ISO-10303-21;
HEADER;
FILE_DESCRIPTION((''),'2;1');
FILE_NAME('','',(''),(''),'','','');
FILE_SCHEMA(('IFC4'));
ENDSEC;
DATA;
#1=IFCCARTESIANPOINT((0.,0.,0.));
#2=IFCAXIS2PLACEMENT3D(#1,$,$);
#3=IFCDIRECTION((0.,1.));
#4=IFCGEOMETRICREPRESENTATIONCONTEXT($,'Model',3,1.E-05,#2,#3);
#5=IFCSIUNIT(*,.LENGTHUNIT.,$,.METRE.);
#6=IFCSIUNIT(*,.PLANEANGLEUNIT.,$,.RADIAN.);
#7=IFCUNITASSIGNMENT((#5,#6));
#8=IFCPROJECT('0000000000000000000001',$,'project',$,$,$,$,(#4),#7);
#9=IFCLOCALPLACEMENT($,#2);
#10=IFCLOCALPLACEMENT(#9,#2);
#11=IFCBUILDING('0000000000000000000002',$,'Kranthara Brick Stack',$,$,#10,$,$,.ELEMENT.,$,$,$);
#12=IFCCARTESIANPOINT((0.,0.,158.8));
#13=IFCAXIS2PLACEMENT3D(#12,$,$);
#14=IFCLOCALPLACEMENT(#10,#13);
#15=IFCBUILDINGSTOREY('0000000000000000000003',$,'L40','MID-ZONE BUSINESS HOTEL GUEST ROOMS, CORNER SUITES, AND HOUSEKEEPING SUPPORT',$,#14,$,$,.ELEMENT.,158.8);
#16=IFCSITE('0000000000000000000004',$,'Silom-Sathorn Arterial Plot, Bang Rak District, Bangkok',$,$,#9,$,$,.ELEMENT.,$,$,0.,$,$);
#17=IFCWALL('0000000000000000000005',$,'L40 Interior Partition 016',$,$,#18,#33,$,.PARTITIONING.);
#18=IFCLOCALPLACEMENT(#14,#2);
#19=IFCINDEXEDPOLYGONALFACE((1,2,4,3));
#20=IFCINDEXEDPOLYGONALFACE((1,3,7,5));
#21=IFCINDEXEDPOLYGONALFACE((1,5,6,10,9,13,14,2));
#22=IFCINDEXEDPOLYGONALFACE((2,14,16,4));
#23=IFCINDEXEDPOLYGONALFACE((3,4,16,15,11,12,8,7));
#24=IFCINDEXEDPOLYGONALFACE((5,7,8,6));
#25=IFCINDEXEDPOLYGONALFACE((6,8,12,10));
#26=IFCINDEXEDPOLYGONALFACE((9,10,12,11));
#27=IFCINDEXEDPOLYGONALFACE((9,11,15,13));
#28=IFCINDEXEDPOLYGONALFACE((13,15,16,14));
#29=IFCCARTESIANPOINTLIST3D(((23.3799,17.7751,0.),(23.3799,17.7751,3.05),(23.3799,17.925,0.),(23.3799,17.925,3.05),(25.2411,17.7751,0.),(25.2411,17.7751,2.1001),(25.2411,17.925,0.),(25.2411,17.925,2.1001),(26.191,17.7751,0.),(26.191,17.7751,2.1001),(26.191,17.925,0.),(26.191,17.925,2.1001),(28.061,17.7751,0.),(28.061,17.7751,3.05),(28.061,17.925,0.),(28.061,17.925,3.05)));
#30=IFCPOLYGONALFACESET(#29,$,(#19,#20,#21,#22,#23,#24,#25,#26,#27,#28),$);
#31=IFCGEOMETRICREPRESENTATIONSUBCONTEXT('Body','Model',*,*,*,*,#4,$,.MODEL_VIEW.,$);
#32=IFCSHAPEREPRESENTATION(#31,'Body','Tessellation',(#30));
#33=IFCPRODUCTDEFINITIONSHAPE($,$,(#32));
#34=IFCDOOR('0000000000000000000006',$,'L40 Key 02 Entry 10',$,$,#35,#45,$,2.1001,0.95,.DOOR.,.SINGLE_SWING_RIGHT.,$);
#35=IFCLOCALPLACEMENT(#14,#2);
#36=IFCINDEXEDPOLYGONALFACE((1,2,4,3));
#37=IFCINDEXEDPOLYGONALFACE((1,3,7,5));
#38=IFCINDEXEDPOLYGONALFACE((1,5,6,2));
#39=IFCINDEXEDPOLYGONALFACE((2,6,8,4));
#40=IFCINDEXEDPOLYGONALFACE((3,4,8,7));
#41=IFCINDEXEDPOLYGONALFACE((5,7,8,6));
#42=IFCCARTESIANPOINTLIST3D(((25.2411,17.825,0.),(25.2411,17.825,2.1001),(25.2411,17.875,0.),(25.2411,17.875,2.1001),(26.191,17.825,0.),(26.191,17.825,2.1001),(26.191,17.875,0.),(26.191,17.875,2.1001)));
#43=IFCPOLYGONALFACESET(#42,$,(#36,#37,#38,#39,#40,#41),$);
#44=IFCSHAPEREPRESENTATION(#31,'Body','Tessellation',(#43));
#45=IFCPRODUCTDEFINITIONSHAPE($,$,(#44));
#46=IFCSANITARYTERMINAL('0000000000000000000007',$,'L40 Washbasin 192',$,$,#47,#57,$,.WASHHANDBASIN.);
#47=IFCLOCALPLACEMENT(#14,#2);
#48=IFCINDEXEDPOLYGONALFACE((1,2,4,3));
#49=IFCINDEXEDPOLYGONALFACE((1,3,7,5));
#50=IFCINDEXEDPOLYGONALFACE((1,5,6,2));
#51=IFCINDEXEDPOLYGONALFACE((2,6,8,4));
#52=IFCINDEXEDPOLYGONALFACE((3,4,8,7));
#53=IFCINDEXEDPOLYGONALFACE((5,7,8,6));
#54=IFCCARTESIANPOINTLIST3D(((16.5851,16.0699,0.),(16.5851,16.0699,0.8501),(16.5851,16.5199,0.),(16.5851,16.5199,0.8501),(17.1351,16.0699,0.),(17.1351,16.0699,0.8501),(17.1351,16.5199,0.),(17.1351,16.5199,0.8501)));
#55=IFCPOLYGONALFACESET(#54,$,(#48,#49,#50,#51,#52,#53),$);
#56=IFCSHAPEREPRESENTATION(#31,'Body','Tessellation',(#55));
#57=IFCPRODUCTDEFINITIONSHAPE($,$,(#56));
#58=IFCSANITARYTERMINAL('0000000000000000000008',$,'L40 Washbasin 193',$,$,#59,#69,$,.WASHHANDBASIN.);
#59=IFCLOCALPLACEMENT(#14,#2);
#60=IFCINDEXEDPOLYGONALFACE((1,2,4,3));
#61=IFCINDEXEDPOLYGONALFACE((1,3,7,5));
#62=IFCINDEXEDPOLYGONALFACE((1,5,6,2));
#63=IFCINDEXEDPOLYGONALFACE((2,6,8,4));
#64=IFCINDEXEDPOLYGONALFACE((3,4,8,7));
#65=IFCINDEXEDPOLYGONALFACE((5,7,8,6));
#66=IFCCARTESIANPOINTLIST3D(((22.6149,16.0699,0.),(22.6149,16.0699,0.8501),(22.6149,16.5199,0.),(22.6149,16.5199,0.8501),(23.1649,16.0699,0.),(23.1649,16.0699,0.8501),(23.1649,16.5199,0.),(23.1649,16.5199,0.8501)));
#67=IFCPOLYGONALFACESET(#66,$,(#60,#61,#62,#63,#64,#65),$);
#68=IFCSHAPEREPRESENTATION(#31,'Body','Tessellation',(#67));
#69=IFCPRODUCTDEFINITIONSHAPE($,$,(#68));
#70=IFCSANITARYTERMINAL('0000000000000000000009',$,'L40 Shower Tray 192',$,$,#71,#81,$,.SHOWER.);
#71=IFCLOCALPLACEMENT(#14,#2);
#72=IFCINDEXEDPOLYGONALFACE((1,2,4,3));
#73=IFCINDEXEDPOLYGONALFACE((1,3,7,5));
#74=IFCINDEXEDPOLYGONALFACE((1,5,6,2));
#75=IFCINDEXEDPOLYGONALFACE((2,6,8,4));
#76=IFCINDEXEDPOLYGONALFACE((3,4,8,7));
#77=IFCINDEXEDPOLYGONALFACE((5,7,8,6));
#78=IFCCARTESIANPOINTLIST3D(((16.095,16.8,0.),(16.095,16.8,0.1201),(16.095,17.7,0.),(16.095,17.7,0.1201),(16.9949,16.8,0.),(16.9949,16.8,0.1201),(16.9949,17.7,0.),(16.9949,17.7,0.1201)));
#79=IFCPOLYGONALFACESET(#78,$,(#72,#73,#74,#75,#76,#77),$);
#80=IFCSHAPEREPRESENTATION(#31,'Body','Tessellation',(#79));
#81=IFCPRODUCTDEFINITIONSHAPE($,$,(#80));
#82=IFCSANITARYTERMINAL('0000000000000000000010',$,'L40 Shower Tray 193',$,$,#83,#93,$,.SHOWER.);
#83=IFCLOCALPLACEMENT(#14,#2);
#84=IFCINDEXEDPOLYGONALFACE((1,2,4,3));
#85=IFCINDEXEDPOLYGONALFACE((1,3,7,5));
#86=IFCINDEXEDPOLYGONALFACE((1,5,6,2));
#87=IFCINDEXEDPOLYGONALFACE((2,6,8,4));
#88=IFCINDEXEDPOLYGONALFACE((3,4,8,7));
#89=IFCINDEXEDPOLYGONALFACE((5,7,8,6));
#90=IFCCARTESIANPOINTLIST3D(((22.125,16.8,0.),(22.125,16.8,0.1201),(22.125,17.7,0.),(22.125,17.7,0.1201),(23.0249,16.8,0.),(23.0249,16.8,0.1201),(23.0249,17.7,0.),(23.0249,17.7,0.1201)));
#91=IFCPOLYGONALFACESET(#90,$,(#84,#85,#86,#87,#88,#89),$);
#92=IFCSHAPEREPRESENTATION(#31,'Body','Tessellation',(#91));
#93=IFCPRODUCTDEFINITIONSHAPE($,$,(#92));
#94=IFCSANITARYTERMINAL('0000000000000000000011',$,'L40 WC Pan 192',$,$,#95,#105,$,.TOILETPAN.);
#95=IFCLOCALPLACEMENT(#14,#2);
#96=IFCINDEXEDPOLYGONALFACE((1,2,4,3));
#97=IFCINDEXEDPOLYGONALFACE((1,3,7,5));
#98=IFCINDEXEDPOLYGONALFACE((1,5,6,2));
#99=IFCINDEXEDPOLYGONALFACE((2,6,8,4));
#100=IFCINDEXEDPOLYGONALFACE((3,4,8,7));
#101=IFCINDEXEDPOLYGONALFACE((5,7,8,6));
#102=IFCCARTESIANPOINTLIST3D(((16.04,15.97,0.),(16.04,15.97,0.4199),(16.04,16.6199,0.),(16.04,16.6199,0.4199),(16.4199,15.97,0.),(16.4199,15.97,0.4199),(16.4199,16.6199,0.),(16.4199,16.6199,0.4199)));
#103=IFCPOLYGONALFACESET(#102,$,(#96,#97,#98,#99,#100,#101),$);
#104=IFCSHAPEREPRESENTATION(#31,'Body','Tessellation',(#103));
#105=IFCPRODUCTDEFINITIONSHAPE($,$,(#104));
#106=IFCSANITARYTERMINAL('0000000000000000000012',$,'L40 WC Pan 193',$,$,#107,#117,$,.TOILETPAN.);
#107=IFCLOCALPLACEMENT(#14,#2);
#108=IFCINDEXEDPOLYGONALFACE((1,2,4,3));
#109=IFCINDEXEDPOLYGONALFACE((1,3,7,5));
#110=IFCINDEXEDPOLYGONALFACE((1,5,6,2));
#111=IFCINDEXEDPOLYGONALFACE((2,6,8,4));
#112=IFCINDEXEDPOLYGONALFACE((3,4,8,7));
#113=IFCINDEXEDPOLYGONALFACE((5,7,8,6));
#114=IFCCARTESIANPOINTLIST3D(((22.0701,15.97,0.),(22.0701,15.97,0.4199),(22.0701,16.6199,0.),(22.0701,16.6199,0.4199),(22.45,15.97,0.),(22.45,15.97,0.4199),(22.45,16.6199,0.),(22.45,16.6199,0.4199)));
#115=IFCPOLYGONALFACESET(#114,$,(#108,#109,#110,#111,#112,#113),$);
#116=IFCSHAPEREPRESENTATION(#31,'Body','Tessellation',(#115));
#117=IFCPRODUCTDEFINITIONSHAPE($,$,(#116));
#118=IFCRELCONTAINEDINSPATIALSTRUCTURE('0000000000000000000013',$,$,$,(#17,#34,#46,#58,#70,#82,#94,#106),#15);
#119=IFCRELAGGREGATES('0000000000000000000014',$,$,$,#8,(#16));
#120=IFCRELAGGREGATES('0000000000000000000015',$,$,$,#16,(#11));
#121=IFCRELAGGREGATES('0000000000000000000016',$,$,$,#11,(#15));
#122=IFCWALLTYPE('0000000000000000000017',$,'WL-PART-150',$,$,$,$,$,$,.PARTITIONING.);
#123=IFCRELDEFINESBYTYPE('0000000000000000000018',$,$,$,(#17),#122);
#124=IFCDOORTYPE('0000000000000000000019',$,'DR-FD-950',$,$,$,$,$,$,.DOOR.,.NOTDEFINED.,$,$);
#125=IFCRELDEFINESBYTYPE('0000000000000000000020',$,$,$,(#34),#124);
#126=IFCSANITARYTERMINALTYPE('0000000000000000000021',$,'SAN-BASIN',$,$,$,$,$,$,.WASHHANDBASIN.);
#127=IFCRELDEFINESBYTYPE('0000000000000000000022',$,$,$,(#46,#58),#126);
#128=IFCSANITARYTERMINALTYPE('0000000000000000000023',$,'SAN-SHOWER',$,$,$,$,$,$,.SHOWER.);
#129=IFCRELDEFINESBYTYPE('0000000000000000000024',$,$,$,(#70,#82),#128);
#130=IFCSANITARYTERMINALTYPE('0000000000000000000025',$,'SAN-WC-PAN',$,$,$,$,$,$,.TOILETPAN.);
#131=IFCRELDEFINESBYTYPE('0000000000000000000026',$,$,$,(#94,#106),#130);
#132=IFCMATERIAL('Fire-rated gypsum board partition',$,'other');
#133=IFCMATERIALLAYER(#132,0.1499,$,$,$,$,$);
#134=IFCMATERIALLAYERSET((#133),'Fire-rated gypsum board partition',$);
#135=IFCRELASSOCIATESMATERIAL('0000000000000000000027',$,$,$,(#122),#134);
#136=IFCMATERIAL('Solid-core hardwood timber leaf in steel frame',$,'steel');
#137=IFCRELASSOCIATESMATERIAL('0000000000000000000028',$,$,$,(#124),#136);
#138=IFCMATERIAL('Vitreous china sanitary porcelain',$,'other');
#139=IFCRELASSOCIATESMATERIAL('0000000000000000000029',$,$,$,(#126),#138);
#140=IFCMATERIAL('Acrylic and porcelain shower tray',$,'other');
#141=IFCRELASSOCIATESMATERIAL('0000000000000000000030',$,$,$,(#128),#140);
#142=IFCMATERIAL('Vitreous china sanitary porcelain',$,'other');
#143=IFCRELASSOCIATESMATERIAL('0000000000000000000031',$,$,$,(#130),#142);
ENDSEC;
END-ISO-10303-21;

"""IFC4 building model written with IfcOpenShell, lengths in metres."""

from ifc_helpers import new_model, si_unit, direction, frame, frame_2d, origin, origin_2d, place, context, subcontext, project, spatial, rectangle, extrude, material, layer, layer_set, type_object, element, fill, save


model = new_model("IFC4")

# Units and contexts
model_context = context("Model", 3, precision=1e-05, world=origin(), true_north=direction((0.0, 1.0)))
body_context = subcontext(model_context, "Body", "Model", "MODEL_VIEW")
ifc_project = project(units=[si_unit("LENGTHUNIT", "METRE"), si_unit("PLANEANGLEUNIT", "RADIAN")], contexts=[model_context])

# Site, building, storey
site_placement = place(None, origin())
site = spatial("IfcSite", under=ifc_project, at=site_placement, Name="Silom-Sathorn Arterial Plot, Bang Rak District, Bangkok", CompositionType="ELEMENT", RefElevation=0.0)
building_placement = place(site_placement, origin())
building = spatial("IfcBuilding", under=site, at=building_placement, Name="Kranthara Brick Stack", CompositionType="ELEMENT")
storey_placement = place(building_placement, frame((0.0, 0.0, 158.8)))
storey = spatial("IfcBuildingStorey", under=building, at=storey_placement, Name="L40", Description="MID-ZONE BUSINESS HOTEL GUEST ROOMS, CORNER SUITES, AND HOUSEKEEPING SUPPORT", CompositionType="ELEMENT", Elevation=158.8)

# Shared definitions
ifc_material_1 = material(Name="Fire-rated gypsum board partition", Category="other")
ifc_layer_1 = layer(ifc_material_1, 0.1499)
ifc_layer_set_1 = layer_set([ifc_layer_1], Name="Fire-rated gypsum board partition")
wall_type_1 = type_object("IfcWallType", Name="WL-PART-150", PredefinedType="PARTITIONING", material=ifc_layer_set_1)

# Shared definitions
ifc_material_2 = material(Name="Solid-core hardwood timber leaf in steel frame", Category="steel")
door_type_1 = type_object("IfcDoorType", Name="DR-FD-950", OperationType="NOTDEFINED", PredefinedType="DOOR", material=ifc_material_2)

# Wall, opening, door
wall_1_placement = place(storey_placement, frame((23.3799, 17.8501, 0.0), z_axis=(0.0, 0.0, 1.0), x_axis=(1.0, 0.0, 0.0)))
wall_1 = element("IfcWall", 1, at=wall_1_placement, inside=storey, type_object=wall_type_1, Name="L40 Interior Partition 016", PredefinedType="PARTITIONING", context=body_context, shape_type="SweptSolid", body=[
    extrude(rectangle(XDim=4.6812, YDim=0.1499, at=frame_2d((2.3406, 0.0))), origin(), (0.0, 0.0, 1.0), 3.05),
])
opening_1_placement = place(wall_1_placement, frame((1.8611, 0.0, 0.0)))
opening_1 = element("IfcOpeningElement", 2, at=opening_1_placement, cuts=wall_1, PredefinedType="OPENING", context=body_context, shape_type="SweptSolid", body=[
    extrude(rectangle(XDim=0.95, YDim=2.1001, at=frame_2d((0.4751, 1.05))), frame((0.0, 0.085, 0.0), z_axis=(0.0, -1.0, 0.0), x_axis=(1.0, 0.0, 0.0)), (0.0, 0.0, 1.0), 0.1699),
])
door_1_placement = place(opening_1_placement, origin())
door_1 = element("IfcDoor", 3, at=door_1_placement, inside=storey, type_object=door_type_1, Name="L40 Key 02 Entry 10", OperationType="SINGLE_SWING_RIGHT", OverallHeight=2.1001, OverallWidth=0.95, PredefinedType="DOOR", context=body_context, shape_type="SweptSolid", body=[
    extrude(rectangle(XDim=0.95, YDim=2.1001, at=frame_2d((0.4751, 1.05))), frame((0.0, 0.0249, 0.0), z_axis=(0.0, -1.0, 0.0), x_axis=(1.0, 0.0, 0.0)), (0.0, 0.0, 1.0), 0.05),
])
fill(opening_1, door_1)

# Sanitary terminals
ifc_material_3 = material(Name="Vitreous china sanitary porcelain", Category="other")
sanitary_terminal_type_1 = type_object("IfcSanitaryTerminalType", Name="SAN-BASIN", PredefinedType="WASHHANDBASIN", material=ifc_material_3)
for number, where, z_axis, x_axis, name in (
    (4, (16.8601, 16.2949, 0.0), (0.0, 0.0, 1.0), (1.0, 0.0, 0.0), "L40 Washbasin 192"),
    (5, (22.8899, 16.2949, 0.0), (0.0, 0.0, 1.0), (1.0, 0.0, 0.0), "L40 Washbasin 193"),
):
    element("IfcSanitaryTerminal", number, at=place(storey_placement, frame(where, z_axis=z_axis, x_axis=x_axis)), inside=storey, type_object=sanitary_terminal_type_1, Name=name, PredefinedType="WASHHANDBASIN", context=body_context, shape_type="SweptSolid", body=[
        extrude(rectangle(XDim=0.55, YDim=0.45, at=origin_2d()), origin(), (0.0, 0.0, 1.0), 0.8501),
    ])
ifc_material_4 = material(Name="Acrylic and porcelain shower tray", Category="other")
sanitary_terminal_type_2 = type_object("IfcSanitaryTerminalType", Name="SAN-SHOWER", PredefinedType="SHOWER", material=ifc_material_4)
for number, where, z_axis, x_axis, name in (
    (6, (16.5449, 17.25, 0.0), (0.0, 0.0, 1.0), (1.0, 0.0, 0.0), "L40 Shower Tray 192"),
    (7, (22.575, 17.25, 0.0), (0.0, 0.0, 1.0), (1.0, 0.0, 0.0), "L40 Shower Tray 193"),
):
    element("IfcSanitaryTerminal", number, at=place(storey_placement, frame(where, z_axis=z_axis, x_axis=x_axis)), inside=storey, type_object=sanitary_terminal_type_2, Name=name, PredefinedType="SHOWER", context=body_context, shape_type="SweptSolid", body=[
        extrude(rectangle(XDim=0.8999, YDim=0.8999, at=origin_2d()), origin(), (0.0, 0.0, 1.0), 0.1201),
    ])
ifc_material_5 = material(Name="Vitreous china sanitary porcelain", Category="other")
sanitary_terminal_type_3 = type_object("IfcSanitaryTerminalType", Name="SAN-WC-PAN", PredefinedType="TOILETPAN", material=ifc_material_5)
for number, where, z_axis, x_axis, name in (
    (8, (16.23, 16.2949, 0.0), (0.0, 0.0, 1.0), (1.0, 0.0, 0.0), "L40 WC Pan 192"),
    (9, (22.26, 16.2949, 0.0), (0.0, 0.0, 1.0), (1.0, 0.0, 0.0), "L40 WC Pan 193"),
):
    element("IfcSanitaryTerminal", number, at=place(storey_placement, frame(where, z_axis=z_axis, x_axis=x_axis)), inside=storey, type_object=sanitary_terminal_type_3, Name=name, PredefinedType="TOILETPAN", context=body_context, shape_type="SweptSolid", body=[
        extrude(rectangle(XDim=0.3799, YDim=0.6499, at=origin_2d()), origin(), (0.0, 0.0, 1.0), 0.4199),
    ])

save(model, "model.ifc")
